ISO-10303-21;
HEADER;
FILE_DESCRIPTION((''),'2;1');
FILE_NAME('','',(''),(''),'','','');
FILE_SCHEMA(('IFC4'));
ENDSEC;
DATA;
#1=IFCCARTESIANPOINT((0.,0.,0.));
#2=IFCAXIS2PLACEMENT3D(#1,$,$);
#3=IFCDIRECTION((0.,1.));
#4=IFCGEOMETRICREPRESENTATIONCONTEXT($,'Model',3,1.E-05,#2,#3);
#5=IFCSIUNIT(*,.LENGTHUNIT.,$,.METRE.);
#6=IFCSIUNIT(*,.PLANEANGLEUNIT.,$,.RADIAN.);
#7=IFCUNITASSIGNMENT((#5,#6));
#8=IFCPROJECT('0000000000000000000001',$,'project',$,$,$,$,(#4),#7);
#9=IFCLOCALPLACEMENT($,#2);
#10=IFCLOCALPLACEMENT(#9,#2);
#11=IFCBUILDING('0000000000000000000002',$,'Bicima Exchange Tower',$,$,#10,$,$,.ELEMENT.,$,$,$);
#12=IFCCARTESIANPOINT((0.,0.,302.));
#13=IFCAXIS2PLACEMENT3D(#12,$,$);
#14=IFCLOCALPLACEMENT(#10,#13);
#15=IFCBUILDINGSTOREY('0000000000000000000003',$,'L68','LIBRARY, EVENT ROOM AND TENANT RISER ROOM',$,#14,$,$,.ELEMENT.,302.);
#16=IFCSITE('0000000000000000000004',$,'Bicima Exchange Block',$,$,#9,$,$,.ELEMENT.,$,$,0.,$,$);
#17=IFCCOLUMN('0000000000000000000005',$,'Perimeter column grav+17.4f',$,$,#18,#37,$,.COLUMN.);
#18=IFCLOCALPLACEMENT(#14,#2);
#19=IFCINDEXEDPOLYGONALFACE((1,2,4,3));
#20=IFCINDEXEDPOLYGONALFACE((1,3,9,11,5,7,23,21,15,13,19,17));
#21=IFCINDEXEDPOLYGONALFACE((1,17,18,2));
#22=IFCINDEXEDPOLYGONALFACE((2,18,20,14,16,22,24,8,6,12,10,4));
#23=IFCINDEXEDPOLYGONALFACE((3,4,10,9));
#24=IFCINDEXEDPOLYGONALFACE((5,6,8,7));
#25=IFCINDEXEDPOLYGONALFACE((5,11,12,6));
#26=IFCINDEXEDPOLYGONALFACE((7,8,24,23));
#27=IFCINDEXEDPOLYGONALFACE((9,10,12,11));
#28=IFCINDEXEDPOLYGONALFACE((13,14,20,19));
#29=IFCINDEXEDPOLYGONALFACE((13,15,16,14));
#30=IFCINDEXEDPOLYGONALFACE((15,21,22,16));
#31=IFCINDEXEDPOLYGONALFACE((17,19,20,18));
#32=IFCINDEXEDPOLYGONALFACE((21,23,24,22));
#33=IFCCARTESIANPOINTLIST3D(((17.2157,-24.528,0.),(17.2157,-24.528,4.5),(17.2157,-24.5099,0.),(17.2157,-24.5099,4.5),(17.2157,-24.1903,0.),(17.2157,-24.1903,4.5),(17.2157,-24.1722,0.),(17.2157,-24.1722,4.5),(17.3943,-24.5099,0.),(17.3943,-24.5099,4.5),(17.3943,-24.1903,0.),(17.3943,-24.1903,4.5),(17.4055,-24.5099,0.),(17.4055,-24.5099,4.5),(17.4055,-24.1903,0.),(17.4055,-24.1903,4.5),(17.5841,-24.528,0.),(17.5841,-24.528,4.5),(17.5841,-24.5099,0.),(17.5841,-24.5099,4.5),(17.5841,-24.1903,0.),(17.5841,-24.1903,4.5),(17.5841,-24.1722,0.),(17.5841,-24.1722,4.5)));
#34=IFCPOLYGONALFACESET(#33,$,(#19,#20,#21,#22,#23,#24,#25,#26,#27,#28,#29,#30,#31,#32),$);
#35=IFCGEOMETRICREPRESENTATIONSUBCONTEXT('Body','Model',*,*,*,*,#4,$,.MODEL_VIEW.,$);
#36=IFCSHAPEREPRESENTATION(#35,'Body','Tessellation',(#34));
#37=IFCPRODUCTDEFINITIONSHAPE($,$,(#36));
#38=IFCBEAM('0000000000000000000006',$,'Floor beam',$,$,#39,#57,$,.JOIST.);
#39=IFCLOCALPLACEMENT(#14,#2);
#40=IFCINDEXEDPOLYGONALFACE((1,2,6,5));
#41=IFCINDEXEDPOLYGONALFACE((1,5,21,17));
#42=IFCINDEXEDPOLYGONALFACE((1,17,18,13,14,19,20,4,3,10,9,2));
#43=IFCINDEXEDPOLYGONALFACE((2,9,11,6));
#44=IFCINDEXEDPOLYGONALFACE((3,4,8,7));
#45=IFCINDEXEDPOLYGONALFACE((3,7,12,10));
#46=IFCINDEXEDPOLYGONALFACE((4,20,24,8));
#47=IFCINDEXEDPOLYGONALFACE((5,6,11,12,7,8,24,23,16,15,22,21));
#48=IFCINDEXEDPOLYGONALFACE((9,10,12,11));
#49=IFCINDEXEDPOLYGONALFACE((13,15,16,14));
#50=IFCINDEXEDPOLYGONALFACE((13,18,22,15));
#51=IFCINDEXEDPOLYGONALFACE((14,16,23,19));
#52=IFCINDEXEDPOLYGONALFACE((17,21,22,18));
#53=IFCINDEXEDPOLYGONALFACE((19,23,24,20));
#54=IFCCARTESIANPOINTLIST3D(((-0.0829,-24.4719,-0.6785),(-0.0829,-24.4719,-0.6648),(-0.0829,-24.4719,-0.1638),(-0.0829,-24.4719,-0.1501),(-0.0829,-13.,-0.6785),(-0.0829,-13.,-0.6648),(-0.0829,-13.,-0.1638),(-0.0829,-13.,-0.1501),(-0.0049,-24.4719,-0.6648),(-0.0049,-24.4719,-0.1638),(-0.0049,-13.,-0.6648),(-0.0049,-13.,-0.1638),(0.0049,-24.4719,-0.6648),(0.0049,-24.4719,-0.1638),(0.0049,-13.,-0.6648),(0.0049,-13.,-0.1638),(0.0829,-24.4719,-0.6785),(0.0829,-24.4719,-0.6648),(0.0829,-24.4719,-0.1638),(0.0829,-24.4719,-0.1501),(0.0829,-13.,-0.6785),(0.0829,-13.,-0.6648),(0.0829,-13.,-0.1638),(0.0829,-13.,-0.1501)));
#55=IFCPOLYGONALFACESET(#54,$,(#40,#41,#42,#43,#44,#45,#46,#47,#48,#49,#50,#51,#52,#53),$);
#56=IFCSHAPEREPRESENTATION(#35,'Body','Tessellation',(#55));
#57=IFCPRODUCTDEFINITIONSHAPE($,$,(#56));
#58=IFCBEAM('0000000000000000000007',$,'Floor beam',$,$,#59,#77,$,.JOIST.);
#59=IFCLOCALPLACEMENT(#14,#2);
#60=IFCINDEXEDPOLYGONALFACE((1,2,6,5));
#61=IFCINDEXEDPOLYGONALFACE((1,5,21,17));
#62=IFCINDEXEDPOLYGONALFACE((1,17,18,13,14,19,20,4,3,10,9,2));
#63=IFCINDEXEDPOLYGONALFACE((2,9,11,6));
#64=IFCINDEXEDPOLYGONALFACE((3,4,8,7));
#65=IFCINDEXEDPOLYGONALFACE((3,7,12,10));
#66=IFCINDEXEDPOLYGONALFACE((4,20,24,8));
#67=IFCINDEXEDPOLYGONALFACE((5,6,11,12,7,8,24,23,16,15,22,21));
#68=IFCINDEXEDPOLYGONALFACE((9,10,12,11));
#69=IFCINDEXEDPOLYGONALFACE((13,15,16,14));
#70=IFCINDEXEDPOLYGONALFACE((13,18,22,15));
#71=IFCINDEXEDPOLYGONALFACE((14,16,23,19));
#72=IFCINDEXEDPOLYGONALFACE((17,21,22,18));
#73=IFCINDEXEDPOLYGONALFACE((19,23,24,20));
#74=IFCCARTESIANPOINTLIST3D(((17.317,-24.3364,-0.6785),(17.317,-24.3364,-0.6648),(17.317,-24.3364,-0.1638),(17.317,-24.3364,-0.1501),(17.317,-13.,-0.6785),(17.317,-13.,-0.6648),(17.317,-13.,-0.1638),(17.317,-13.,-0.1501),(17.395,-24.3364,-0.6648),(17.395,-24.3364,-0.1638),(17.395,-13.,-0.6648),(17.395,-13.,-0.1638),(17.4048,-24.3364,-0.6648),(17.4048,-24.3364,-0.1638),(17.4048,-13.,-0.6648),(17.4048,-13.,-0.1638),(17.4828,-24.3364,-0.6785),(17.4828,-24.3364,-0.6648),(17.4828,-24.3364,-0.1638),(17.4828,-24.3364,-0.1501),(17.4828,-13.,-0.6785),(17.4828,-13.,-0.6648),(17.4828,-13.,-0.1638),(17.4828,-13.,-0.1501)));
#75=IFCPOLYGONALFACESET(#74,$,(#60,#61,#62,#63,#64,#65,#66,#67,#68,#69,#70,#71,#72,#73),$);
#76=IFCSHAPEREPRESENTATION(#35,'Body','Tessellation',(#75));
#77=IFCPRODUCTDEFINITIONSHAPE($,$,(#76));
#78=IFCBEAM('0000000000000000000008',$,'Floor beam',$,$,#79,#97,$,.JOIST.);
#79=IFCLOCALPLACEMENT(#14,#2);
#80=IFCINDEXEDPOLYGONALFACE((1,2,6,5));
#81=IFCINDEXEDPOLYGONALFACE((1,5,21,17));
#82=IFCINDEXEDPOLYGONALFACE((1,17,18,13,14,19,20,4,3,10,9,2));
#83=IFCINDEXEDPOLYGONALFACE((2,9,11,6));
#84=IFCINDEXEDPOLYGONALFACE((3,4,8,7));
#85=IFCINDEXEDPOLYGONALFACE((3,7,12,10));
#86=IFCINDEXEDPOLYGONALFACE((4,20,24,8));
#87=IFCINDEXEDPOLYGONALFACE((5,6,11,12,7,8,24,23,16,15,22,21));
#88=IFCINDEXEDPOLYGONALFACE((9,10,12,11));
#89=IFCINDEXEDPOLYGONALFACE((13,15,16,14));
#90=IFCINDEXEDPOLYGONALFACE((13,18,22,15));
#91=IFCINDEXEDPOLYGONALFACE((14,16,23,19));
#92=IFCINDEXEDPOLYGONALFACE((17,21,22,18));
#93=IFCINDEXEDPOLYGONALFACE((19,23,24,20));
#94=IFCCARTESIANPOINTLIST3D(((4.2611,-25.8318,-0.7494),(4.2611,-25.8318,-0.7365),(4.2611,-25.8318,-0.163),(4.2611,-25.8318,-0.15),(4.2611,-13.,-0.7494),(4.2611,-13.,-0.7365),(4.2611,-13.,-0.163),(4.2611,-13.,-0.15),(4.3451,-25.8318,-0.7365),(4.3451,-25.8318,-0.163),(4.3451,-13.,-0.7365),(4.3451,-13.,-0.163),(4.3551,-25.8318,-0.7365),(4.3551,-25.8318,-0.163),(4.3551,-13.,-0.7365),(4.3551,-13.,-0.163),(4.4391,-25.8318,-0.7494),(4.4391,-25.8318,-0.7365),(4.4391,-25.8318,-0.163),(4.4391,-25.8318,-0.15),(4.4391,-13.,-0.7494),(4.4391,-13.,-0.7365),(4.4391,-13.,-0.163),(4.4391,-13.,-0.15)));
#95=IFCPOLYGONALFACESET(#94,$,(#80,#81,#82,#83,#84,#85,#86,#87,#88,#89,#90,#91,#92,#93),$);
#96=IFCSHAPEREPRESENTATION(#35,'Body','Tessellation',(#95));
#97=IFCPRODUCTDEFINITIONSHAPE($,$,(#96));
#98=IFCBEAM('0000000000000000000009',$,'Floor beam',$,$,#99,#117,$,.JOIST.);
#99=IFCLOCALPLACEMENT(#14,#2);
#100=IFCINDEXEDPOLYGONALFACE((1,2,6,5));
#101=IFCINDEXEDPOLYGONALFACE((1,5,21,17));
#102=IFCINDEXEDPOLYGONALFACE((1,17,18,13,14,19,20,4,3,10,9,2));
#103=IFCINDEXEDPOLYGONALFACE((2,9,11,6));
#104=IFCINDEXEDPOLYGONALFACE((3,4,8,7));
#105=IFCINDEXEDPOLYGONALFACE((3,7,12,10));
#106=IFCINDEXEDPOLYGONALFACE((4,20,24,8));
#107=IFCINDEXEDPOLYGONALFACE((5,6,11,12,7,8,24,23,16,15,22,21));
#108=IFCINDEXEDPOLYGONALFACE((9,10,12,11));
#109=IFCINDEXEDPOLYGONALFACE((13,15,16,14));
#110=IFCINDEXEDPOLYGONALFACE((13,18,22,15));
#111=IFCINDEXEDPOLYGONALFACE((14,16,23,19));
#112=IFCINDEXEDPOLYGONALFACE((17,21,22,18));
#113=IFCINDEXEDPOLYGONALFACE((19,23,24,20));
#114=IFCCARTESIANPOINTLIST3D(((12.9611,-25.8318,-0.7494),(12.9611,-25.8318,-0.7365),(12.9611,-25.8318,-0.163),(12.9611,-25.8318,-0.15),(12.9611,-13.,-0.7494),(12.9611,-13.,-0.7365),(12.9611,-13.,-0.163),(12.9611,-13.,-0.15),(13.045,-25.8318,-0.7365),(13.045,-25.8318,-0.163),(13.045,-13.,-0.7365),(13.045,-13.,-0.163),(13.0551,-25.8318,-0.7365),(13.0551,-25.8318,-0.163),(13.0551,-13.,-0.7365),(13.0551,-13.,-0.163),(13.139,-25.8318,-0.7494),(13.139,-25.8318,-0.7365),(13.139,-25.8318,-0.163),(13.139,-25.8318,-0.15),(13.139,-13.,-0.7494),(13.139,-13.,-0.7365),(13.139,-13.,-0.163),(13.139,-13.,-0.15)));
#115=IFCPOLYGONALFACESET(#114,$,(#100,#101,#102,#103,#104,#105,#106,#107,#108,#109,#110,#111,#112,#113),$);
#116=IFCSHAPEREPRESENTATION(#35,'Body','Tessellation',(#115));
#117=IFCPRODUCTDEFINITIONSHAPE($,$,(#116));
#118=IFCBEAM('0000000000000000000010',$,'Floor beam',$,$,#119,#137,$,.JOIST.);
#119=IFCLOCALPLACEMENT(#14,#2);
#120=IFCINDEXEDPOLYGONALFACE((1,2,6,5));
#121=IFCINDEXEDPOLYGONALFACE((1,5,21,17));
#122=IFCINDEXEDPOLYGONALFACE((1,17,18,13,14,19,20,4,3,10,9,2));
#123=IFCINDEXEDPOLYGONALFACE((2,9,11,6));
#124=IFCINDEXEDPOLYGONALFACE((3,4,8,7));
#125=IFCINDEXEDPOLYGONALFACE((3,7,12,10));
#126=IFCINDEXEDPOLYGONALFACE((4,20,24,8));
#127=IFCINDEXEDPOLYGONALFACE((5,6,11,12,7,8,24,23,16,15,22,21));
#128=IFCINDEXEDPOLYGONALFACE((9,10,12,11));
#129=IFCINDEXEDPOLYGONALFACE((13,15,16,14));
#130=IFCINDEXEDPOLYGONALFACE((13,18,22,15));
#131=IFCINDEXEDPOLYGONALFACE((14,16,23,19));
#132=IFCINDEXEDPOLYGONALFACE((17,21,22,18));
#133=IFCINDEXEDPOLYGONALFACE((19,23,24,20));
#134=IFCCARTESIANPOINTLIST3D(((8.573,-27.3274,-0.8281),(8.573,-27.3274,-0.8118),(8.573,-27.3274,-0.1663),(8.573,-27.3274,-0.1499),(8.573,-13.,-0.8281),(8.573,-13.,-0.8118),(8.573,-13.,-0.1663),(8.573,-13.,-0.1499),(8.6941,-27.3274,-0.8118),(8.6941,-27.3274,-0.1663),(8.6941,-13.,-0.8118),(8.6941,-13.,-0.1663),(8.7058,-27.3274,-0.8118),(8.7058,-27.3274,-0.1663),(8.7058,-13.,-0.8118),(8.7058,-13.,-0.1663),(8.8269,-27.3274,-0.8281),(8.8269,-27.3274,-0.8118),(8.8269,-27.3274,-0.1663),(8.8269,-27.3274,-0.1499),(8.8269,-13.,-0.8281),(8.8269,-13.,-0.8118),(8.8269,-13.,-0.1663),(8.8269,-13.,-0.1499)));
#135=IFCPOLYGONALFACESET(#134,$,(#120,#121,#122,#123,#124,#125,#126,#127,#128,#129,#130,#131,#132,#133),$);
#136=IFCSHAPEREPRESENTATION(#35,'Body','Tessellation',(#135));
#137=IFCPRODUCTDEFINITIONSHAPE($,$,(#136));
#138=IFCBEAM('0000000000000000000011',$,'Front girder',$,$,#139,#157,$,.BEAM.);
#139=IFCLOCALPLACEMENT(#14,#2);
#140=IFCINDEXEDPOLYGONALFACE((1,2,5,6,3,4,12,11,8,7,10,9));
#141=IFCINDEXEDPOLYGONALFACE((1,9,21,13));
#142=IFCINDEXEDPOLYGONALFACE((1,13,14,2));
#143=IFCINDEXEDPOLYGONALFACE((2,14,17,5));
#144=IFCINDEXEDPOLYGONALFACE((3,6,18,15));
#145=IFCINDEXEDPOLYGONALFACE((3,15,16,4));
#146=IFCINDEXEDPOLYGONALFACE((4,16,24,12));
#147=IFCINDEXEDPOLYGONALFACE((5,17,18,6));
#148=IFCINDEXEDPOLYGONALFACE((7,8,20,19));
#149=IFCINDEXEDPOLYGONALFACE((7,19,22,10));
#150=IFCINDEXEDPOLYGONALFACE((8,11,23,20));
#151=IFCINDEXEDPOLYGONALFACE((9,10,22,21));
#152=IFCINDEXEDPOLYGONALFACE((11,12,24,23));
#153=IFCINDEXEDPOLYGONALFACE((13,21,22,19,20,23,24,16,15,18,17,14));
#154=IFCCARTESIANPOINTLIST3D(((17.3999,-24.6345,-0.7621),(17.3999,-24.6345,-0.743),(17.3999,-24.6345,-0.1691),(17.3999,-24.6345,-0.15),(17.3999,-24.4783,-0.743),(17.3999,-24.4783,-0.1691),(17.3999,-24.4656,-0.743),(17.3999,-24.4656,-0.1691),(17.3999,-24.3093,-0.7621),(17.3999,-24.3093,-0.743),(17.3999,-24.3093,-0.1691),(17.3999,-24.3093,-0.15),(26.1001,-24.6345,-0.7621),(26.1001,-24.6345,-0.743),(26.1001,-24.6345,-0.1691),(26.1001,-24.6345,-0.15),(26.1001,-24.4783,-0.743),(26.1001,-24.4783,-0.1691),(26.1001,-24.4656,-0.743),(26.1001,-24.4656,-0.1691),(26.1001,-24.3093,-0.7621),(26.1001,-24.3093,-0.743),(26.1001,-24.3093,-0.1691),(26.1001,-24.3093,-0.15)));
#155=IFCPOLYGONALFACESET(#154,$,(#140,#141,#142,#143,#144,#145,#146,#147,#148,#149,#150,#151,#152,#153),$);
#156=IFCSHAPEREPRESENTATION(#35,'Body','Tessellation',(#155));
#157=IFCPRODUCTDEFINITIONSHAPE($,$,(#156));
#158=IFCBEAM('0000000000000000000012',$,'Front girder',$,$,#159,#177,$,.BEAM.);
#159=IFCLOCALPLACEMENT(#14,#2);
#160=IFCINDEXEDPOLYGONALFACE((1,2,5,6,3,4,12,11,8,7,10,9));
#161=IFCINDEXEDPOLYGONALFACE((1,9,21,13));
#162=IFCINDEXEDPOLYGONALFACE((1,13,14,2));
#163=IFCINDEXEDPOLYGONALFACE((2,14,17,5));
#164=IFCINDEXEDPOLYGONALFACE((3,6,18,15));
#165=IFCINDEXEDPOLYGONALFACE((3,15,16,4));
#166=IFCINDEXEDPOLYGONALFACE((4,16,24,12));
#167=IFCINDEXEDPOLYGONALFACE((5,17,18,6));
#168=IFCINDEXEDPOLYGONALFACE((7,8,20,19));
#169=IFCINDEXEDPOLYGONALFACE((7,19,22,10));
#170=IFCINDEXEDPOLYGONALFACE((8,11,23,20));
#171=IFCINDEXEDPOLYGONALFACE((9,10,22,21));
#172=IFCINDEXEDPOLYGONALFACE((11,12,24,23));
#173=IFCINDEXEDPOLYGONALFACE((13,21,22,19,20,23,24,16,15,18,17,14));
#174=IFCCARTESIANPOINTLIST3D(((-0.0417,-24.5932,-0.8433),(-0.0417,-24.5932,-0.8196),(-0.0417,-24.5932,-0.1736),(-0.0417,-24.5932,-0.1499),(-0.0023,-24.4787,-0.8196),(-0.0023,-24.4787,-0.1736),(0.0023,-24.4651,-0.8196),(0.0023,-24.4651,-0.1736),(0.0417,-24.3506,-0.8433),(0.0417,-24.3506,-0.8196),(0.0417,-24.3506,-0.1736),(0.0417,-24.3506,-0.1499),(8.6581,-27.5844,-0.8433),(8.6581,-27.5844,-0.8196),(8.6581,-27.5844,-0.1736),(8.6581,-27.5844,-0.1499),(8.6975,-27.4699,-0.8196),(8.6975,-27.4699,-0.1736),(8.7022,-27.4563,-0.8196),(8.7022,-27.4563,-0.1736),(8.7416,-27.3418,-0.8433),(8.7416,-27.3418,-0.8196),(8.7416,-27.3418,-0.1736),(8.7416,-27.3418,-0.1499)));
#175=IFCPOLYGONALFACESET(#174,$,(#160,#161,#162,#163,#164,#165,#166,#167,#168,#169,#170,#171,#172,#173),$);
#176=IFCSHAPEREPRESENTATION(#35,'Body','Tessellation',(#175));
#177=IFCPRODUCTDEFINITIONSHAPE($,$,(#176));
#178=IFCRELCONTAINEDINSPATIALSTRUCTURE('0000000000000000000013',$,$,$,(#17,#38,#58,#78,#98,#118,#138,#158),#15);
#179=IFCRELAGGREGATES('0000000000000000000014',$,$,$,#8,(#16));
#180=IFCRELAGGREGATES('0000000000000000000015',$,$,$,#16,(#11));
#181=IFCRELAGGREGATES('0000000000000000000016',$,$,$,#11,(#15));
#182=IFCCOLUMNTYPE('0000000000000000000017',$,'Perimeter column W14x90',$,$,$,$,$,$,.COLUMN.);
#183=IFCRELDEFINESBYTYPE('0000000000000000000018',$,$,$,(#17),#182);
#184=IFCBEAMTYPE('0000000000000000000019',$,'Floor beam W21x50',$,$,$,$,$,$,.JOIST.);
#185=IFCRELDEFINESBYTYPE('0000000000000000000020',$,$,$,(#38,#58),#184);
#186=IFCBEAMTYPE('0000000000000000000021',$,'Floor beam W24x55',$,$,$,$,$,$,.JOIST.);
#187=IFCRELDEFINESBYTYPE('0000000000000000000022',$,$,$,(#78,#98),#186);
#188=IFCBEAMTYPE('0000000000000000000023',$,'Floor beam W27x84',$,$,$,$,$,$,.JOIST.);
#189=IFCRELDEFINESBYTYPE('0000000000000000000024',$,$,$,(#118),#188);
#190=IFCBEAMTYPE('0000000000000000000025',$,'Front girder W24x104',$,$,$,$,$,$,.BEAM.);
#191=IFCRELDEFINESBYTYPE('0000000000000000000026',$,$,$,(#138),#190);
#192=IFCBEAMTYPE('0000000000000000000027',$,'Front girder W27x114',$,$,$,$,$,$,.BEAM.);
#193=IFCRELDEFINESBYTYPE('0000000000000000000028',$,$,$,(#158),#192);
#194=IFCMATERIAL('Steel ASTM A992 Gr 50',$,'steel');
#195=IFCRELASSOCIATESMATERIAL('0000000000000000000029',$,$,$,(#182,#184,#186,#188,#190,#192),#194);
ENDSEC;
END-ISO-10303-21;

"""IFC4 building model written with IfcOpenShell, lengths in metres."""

from ifc_helpers import new_model, si_unit, direction, frame, origin, origin_2d, place, context, subcontext, project, spatial, i_section, extrude, material, material_profile, profile_set, type_object, element, save


model = new_model("IFC4")

# Units and contexts
model_context = context("Model", 3, precision=1e-05, world=origin(), true_north=direction((0.0, 1.0)))
body_context = subcontext(model_context, "Body", "Model", "MODEL_VIEW")
ifc_project = project(units=[si_unit("LENGTHUNIT", "METRE"), si_unit("PLANEANGLEUNIT", "RADIAN")], contexts=[model_context])

# Site, building, storey
site_placement = place(None, origin())
site = spatial("IfcSite", under=ifc_project, at=site_placement, Name="Bicima Exchange Block", CompositionType="ELEMENT", RefElevation=0.0)
building_placement = place(site_placement, origin())
building = spatial("IfcBuilding", under=site, at=building_placement, Name="Bicima Exchange Tower", CompositionType="ELEMENT")
storey_placement = place(building_placement, frame((0.0, 0.0, 302.0)))
storey = spatial("IfcBuildingStorey", under=building, at=storey_placement, Name="L68", Description="LIBRARY, EVENT ROOM AND TENANT RISER ROOM", CompositionType="ELEMENT", Elevation=302.0)

# Column
ifc_material_1 = material(Name="Steel ASTM A992 Gr 50", Category="steel")
ifc_material_profile_1 = material_profile(ifc_material_1, i_section(OverallWidth=0.3684, OverallDepth=0.3557, WebThickness=0.0112, FlangeThickness=0.0181, at=origin_2d()))
ifc_profile_set_1 = profile_set([ifc_material_profile_1], Name="Steel ASTM A992 Gr 50")
column_type = type_object("IfcColumnType", Name="Perimeter column W14x90", PredefinedType="COLUMN", material=ifc_profile_set_1)
column_placement = place(storey_placement, frame((17.3999, -24.3501, 0.0), z_axis=(0.0, 0.0, 1.0), x_axis=(1.0, 0.0, 0.0)))
element("IfcColumn", 1, at=column_placement, inside=storey, type_object=column_type, Name="Perimeter column grav+17.4f", PredefinedType="COLUMN", context=body_context, shape_type="SweptSolid", body=[
    extrude(i_section(OverallWidth=0.3684, OverallDepth=0.3557, WebThickness=0.0112, FlangeThickness=0.0181, at=origin_2d()), origin(), (0.0, 0.0, 1.0), 4.5),
])

# Beams
ifc_material_profile_2 = material_profile(ifc_material_1, i_section(OverallWidth=0.1658, OverallDepth=0.5283, WebThickness=0.0098, FlangeThickness=0.0137, at=origin_2d()))
ifc_profile_set_2 = profile_set([ifc_material_profile_2], Name="Steel ASTM A992 Gr 50")
beam_type_1 = type_object("IfcBeamType", Name="Floor beam W21x50", PredefinedType="JOIST", material=ifc_profile_set_2)
beam_1_placement = place(storey_placement, frame((0.0, -13.0, -0.4143), z_axis=(0.0, -1.0, 0.0), x_axis=(1.0, 0.0, 0.0)))
element("IfcBeam", 2, at=beam_1_placement, inside=storey, type_object=beam_type_1, Name="Floor beam", PredefinedType="JOIST", context=body_context, shape_type="SweptSolid", body=[
    extrude(i_section(OverallWidth=0.1658, OverallDepth=0.5283, WebThickness=0.0098, FlangeThickness=0.0137, at=origin_2d()), origin(), (0.0, 0.0, 1.0), 11.4719),
])
beam_2_placement = place(storey_placement, frame((17.3999, -13.0, -0.4143), z_axis=(0.0, -1.0, 0.0), x_axis=(1.0, 0.0, 0.0)))
element("IfcBeam", 3, at=beam_2_placement, inside=storey, type_object=beam_type_1, Name="Floor beam", PredefinedType="JOIST", context=body_context, shape_type="SweptSolid", body=[
    extrude(i_section(OverallWidth=0.1658, OverallDepth=0.5283, WebThickness=0.0098, FlangeThickness=0.0137, at=origin_2d()), origin(), (0.0, 0.0, 1.0), 11.3364),
])
ifc_material_profile_3 = material_profile(ifc_material_1, i_section(OverallWidth=0.178, OverallDepth=0.5994, WebThickness=0.01, FlangeThickness=0.0129, at=origin_2d()))
ifc_profile_set_3 = profile_set([ifc_material_profile_3], Name="Steel ASTM A992 Gr 50")
beam_type_2 = type_object("IfcBeamType", Name="Floor beam W24x55", PredefinedType="JOIST", material=ifc_profile_set_3)
for number, where, z_axis, x_axis, name in (
    (4, (4.3501, -13.0, -0.4497), (0.0, -1.0, 0.0), (1.0, 0.0, 0.0), "Floor beam"),
    (5, (13.05, -13.0, -0.4497), (0.0, -1.0, 0.0), (1.0, 0.0, 0.0), "Floor beam"),
):
    element("IfcBeam", number, at=place(storey_placement, frame(where, z_axis=z_axis, x_axis=x_axis)), inside=storey, type_object=beam_type_2, Name=name, PredefinedType="JOIST", context=body_context, shape_type="SweptSolid", body=[
        extrude(i_section(OverallWidth=0.178, OverallDepth=0.5994, WebThickness=0.01, FlangeThickness=0.0129, at=origin_2d()), origin(), (0.0, 0.0, 1.0), 12.8318),
    ])
ifc_material_profile_4 = material_profile(ifc_material_1, i_section(OverallWidth=0.2539, OverallDepth=0.6782, WebThickness=0.0117, FlangeThickness=0.0164, at=origin_2d()))
ifc_profile_set_4 = profile_set([ifc_material_profile_4], Name="Steel ASTM A992 Gr 50")
beam_type_3 = type_object("IfcBeamType", Name="Floor beam W27x84", PredefinedType="JOIST", material=ifc_profile_set_4)
beam_3_placement = place(storey_placement, frame((8.7, -13.0, -0.489), z_axis=(0.0, -1.0, 0.0), x_axis=(1.0, 0.0, 0.0)))
element("IfcBeam", 6, at=beam_3_placement, inside=storey, type_object=beam_type_3, Name="Floor beam", PredefinedType="JOIST", context=body_context, shape_type="SweptSolid", body=[
    extrude(i_section(OverallWidth=0.2539, OverallDepth=0.6782, WebThickness=0.0117, FlangeThickness=0.0164, at=origin_2d()), origin(), (0.0, 0.0, 1.0), 14.3274),
])
ifc_material_profile_5 = material_profile(ifc_material_1, i_section(OverallWidth=0.3252, OverallDepth=0.6121, WebThickness=0.0127, FlangeThickness=0.019, at=origin_2d()))
ifc_profile_set_5 = profile_set([ifc_material_profile_5], Name="Steel ASTM A992 Gr 50")
beam_type_4 = type_object("IfcBeamType", Name="Front girder W24x104", PredefinedType="BEAM", material=ifc_profile_set_5)
beam_4_placement = place(storey_placement, frame((17.3999, -24.4719, -0.4561), z_axis=(1.0, 0.0, 0.0), x_axis=(0.0, 1.0, 0.0)))
element("IfcBeam", 7, at=beam_4_placement, inside=storey, type_object=beam_type_4, Name="Front girder", PredefinedType="BEAM", context=body_context, shape_type="SweptSolid", body=[
    extrude(i_section(OverallWidth=0.3252, OverallDepth=0.6121, WebThickness=0.0127, FlangeThickness=0.019, at=origin_2d()), origin(), (0.0, 0.0, 1.0), 8.7002),
])
ifc_material_profile_6 = material_profile(ifc_material_1, i_section(OverallWidth=0.2566, OverallDepth=0.6934, WebThickness=0.0144, FlangeThickness=0.0237, at=origin_2d()))
ifc_profile_set_6 = profile_set([ifc_material_profile_6], Name="Steel ASTM A992 Gr 50")
beam_type_5 = type_object("IfcBeamType", Name="Front girder W27x114", PredefinedType="BEAM", material=ifc_profile_set_6)
beam_5_placement = place(storey_placement, frame((0.0, -24.4719, -0.4966), z_axis=(0.945666, -0.325138, 0.0), x_axis=(0.325138, 0.945666, 0.0)))
element("IfcBeam", 8, at=beam_5_placement, inside=storey, type_object=beam_type_5, Name="Front girder", PredefinedType="BEAM", context=body_context, shape_type="SweptSolid", body=[
    extrude(i_section(OverallWidth=0.2566, OverallDepth=0.6934, WebThickness=0.0144, FlangeThickness=0.0237, at=origin_2d()), origin(), (0.0, 0.0, 1.0), 9.1997),
])

save(model, "model.ifc")
